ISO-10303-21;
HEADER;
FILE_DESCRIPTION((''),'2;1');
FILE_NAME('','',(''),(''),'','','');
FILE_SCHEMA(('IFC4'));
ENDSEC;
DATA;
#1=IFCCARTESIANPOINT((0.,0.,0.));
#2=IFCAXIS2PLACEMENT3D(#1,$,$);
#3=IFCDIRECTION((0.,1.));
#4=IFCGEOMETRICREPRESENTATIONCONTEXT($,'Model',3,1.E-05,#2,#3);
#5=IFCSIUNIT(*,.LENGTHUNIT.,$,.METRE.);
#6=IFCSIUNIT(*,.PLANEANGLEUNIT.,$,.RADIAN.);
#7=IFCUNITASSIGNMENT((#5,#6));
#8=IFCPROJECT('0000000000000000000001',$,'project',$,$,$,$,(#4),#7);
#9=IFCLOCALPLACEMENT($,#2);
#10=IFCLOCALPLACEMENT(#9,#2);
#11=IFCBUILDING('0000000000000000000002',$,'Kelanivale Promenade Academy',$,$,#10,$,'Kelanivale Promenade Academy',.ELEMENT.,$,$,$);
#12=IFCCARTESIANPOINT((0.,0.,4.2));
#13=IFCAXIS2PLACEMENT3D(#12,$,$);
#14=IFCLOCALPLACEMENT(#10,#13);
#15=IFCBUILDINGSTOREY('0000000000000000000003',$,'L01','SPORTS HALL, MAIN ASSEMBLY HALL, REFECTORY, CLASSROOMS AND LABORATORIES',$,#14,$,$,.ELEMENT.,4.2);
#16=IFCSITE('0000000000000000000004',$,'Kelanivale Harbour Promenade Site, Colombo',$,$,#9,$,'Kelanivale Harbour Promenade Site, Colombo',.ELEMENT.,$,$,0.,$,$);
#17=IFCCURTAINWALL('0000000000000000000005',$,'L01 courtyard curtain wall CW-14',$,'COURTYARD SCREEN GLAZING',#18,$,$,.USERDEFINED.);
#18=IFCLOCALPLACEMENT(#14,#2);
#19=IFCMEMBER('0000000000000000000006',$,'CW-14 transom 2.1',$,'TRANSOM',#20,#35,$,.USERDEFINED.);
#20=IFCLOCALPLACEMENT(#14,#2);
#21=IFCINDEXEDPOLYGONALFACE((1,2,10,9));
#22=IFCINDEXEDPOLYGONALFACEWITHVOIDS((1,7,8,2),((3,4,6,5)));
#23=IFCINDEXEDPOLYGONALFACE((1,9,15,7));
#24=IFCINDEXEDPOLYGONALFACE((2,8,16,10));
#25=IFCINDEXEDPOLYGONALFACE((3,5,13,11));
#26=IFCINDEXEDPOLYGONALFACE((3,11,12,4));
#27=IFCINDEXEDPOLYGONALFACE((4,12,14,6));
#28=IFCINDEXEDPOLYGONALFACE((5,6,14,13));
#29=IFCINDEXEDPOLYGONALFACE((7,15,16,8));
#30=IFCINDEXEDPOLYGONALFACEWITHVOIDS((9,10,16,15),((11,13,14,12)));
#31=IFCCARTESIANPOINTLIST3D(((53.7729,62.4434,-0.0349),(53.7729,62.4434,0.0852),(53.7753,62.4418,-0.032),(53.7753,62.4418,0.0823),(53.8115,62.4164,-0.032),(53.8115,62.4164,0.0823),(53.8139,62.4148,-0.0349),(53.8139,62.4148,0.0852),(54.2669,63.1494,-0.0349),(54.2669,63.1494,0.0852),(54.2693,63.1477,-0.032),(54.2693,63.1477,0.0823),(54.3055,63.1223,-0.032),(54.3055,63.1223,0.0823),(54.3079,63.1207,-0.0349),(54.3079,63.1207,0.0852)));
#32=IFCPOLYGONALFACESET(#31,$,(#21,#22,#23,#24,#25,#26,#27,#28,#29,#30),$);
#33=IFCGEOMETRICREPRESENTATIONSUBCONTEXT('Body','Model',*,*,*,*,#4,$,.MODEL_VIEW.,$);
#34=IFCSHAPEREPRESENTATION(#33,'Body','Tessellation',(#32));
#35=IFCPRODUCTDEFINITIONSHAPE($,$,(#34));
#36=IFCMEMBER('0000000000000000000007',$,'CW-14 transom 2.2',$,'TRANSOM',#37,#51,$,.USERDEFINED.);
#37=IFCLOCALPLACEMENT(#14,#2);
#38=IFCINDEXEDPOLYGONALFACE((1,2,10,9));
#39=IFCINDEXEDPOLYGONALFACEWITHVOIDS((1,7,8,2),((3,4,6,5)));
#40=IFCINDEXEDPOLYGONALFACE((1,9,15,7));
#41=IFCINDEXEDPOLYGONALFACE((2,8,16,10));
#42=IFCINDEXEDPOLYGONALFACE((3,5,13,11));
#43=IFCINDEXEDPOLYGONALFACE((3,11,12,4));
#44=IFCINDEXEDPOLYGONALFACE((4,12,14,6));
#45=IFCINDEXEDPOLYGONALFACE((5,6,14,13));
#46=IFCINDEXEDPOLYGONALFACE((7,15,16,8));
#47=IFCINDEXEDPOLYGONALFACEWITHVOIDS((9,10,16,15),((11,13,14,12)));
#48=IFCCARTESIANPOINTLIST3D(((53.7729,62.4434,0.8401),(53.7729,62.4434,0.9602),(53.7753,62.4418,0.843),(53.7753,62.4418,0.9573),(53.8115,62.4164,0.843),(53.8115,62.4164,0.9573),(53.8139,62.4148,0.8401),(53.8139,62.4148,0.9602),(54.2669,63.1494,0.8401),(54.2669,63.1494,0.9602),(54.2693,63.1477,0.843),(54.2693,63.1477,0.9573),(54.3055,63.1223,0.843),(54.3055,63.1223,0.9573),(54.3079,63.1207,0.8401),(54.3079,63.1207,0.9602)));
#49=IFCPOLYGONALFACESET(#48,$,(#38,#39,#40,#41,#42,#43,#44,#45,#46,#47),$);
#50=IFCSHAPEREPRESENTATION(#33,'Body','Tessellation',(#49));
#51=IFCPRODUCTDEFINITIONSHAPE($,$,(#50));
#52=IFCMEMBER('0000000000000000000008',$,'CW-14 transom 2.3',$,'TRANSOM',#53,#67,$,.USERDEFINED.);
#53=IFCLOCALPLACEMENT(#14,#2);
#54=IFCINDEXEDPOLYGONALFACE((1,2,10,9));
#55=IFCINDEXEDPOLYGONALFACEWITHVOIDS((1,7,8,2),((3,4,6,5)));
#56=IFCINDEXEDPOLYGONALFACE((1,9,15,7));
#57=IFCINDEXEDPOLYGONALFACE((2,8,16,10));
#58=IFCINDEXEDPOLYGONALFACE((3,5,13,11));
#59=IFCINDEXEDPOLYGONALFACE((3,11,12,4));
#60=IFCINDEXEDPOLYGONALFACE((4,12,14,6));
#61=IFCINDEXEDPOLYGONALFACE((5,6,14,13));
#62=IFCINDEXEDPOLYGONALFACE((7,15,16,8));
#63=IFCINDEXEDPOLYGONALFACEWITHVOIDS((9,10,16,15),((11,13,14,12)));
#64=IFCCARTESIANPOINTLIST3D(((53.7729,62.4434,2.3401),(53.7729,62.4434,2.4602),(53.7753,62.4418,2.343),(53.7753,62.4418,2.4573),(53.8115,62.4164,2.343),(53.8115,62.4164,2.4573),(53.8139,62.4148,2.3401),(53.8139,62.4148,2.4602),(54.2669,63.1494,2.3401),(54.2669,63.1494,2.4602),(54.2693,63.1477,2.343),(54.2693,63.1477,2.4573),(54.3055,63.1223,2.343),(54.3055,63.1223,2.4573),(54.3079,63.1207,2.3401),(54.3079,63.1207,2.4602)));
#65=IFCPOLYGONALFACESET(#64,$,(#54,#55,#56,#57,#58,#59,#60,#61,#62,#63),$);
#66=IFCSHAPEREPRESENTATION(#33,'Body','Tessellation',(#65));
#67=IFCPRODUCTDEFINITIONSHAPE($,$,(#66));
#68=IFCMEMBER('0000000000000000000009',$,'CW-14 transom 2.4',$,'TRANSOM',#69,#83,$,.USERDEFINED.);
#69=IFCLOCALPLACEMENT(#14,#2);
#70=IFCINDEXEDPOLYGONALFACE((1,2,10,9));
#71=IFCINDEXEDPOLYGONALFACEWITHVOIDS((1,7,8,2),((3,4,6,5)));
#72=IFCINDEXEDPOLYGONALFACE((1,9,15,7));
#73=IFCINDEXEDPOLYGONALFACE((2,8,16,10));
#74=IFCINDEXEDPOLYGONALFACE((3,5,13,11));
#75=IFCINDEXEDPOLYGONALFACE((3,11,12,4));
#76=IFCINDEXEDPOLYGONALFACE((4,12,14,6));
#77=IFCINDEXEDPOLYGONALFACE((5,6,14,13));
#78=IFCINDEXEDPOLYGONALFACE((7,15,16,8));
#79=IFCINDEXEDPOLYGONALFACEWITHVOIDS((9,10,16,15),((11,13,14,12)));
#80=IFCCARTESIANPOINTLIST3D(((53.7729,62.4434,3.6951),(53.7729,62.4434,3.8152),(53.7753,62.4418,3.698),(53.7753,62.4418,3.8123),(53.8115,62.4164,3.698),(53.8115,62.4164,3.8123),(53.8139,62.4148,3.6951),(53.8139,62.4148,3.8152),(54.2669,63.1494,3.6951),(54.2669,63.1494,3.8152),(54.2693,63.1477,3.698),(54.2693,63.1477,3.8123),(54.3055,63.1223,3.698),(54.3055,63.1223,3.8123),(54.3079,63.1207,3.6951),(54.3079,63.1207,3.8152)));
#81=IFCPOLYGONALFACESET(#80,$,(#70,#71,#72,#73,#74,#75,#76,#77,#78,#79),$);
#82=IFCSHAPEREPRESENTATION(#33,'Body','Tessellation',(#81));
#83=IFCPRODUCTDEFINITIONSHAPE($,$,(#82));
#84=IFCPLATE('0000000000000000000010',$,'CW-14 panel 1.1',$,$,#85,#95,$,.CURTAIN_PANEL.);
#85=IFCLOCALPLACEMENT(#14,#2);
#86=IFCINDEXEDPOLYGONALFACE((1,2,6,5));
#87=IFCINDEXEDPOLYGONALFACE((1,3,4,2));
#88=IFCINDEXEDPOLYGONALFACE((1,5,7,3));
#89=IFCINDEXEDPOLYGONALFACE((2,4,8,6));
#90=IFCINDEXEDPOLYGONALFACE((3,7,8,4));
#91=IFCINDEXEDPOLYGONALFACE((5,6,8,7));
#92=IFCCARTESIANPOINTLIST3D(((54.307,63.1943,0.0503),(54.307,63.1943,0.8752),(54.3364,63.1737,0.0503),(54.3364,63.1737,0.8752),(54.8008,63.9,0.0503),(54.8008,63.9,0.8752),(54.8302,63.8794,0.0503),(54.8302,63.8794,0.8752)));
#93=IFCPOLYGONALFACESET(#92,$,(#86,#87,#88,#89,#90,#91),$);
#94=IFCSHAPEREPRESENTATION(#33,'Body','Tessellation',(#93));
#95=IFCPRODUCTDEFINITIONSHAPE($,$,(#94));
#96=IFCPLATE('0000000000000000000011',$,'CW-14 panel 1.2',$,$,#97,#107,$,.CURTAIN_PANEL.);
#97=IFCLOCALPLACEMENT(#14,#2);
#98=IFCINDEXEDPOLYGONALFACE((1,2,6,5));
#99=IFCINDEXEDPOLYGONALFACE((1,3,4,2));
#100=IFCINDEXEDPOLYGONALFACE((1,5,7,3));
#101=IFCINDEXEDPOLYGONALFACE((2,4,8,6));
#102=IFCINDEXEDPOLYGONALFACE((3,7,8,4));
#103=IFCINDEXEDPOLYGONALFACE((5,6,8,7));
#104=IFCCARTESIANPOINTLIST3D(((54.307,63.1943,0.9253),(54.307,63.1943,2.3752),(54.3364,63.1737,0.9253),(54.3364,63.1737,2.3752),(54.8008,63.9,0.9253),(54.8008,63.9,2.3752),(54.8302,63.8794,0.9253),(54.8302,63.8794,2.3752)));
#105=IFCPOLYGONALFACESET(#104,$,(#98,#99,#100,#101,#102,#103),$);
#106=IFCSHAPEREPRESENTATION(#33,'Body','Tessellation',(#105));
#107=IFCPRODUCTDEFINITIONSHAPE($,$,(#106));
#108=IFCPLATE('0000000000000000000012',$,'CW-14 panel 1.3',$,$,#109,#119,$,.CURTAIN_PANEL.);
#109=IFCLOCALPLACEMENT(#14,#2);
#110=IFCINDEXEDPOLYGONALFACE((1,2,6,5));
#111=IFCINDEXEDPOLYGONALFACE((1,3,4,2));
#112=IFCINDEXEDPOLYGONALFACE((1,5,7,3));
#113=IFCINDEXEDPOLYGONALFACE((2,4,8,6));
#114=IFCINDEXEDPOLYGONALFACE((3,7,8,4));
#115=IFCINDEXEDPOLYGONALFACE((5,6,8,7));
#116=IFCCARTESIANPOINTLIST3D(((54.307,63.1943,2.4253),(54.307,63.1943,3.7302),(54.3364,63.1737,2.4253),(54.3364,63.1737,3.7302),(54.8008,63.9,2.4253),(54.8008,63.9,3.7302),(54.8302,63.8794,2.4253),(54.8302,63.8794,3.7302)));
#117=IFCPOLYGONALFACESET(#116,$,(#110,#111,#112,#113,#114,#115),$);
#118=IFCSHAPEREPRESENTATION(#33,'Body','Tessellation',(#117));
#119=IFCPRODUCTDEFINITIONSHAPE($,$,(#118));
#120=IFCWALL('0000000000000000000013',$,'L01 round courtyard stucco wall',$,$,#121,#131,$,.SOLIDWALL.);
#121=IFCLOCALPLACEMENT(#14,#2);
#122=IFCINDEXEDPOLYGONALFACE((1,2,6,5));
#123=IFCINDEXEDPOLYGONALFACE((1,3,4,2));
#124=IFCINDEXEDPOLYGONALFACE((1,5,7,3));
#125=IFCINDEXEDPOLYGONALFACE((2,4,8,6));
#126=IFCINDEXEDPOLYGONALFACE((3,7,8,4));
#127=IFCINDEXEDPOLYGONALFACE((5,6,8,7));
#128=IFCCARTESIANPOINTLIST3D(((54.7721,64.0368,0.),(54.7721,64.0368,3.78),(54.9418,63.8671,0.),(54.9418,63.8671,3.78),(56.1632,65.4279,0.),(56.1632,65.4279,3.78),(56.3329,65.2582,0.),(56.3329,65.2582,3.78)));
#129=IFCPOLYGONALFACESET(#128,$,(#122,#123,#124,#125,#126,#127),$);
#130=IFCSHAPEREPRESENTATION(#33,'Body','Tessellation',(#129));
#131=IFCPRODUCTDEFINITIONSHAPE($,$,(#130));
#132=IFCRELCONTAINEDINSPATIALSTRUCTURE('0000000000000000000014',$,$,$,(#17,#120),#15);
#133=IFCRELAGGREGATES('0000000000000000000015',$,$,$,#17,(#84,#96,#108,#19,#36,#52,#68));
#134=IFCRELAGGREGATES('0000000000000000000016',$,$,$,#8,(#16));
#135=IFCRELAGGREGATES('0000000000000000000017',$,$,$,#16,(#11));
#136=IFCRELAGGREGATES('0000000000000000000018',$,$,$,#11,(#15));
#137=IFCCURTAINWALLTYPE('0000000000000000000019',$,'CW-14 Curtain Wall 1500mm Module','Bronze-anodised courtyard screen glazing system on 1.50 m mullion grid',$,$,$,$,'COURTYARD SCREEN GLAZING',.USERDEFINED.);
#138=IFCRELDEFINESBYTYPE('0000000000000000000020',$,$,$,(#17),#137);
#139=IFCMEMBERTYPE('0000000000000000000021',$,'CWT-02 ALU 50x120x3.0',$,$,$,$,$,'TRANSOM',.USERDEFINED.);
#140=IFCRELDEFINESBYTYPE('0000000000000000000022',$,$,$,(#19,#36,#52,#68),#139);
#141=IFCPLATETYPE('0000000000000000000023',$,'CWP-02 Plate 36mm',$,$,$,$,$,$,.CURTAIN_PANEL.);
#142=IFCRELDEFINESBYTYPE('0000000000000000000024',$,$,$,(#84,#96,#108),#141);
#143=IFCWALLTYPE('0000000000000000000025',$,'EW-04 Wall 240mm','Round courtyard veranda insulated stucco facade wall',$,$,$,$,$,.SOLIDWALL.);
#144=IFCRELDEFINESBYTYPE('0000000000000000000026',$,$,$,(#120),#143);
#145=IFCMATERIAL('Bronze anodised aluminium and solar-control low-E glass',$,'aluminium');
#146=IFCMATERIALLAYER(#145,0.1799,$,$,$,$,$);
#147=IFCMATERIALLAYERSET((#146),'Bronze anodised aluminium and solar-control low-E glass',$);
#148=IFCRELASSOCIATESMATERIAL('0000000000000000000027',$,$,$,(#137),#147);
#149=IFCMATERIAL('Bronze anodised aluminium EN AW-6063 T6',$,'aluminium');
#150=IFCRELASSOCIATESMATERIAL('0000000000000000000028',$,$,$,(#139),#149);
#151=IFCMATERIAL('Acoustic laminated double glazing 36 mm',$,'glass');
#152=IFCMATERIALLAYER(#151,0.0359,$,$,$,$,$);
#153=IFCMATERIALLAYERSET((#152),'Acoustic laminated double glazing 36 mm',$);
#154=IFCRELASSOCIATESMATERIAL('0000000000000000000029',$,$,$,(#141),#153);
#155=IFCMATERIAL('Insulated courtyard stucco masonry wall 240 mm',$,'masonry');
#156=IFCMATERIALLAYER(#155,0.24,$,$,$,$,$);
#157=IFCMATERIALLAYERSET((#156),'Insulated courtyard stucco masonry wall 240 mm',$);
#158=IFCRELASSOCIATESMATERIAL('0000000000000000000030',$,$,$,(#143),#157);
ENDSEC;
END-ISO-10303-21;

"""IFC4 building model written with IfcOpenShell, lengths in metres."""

from ifc_helpers import new_model, si_unit, direction, frame, frame_2d, origin, origin_2d, place, context, subcontext, project, spatial, rectangle, hollow_rectangle, extrude, material, layer, layer_set, material_profile, profile_set, type_object, element, aggregate, save


model = new_model("IFC4")

# Units and contexts
model_context = context("Model", 3, precision=1e-05, world=origin(), true_north=direction((0.0, 1.0)))
body_context = subcontext(model_context, "Body", "Model", "MODEL_VIEW")
ifc_project = project(units=[si_unit("LENGTHUNIT", "METRE"), si_unit("PLANEANGLEUNIT", "RADIAN")], contexts=[model_context])

# Site, building, storey
site_placement = place(None, origin())
site = spatial("IfcSite", under=ifc_project, at=site_placement, Name="Kelanivale Harbour Promenade Site, Colombo", LongName="Kelanivale Harbour Promenade Site, Colombo", CompositionType="ELEMENT", RefElevation=0.0)
building_placement = place(site_placement, origin())
building = spatial("IfcBuilding", under=site, at=building_placement, Name="Kelanivale Promenade Academy", LongName="Kelanivale Promenade Academy", CompositionType="ELEMENT")
storey_placement = place(building_placement, frame((0.0, 0.0, 4.2)))
storey = spatial("IfcBuildingStorey", under=building, at=storey_placement, Name="L01", Description="SPORTS HALL, MAIN ASSEMBLY HALL, REFECTORY, CLASSROOMS AND LABORATORIES", CompositionType="ELEMENT", Elevation=4.2)

# Shared definitions
ifc_material_1 = material(Name="Bronze anodised aluminium and solar-control low-E glass", Category="aluminium")
ifc_material_2 = material(Name="Bronze anodised aluminium EN AW-6063 T6", Category="aluminium")

# Curtain wall, members, plates
ifc_layer_1 = layer(ifc_material_1, 0.1799)
ifc_layer_set_1 = layer_set([ifc_layer_1], Name="Bronze anodised aluminium and solar-control low-E glass")
curtain_wall_type_1 = type_object("IfcCurtainWallType", Name="CW-14 Curtain Wall 1500mm Module", Description="Bronze-anodised courtyard screen glazing system on 1.50 m mullion grid", ElementType="COURTYARD SCREEN GLAZING", PredefinedType="USERDEFINED", material=ifc_layer_set_1)
curtain_wall_1_placement = place(storey_placement, origin())
curtain_wall_1 = element("IfcCurtainWall", 1, at=curtain_wall_1_placement, inside=storey, type_object=curtain_wall_type_1, Name="L01 courtyard curtain wall CW-14", ObjectType="COURTYARD SCREEN GLAZING", PredefinedType="USERDEFINED")
ifc_material_profile_1 = material_profile(ifc_material_2, hollow_rectangle(XDim=0.05, YDim=0.1201, WallThickness=0.0029, at=origin_2d()), Name="ALU 50x120x3.0")
ifc_profile_set_1 = profile_set([ifc_material_profile_1], Name="Bronze anodised aluminium EN AW-6063 T6")
member_type_1 = type_object("IfcMemberType", Name="CWT-02 ALU 50x120x3.0", ElementType="TRANSOM", PredefinedType="USERDEFINED", material=ifc_profile_set_1)
member_1_placement = place(storey_placement, frame((54.2874, 63.135, 0.0251), z_axis=(-0.573329, -0.819325, 0.0), x_axis=(0.819325, -0.573329, 0.0)))
member_1 = element("IfcMember", 2, at=member_1_placement, type_object=member_type_1, Name="CW-14 transom 2.1", ObjectType="TRANSOM", PredefinedType="USERDEFINED", context=body_context, shape_type="SweptSolid", body=[
    extrude(hollow_rectangle(XDim=0.05, YDim=0.1201, WallThickness=0.0029, at=origin_2d()), origin(), (0.0, 0.0, 1.0), 0.8616),
])
member_2_placement = place(storey_placement, frame((54.2874, 63.135, 0.9001), z_axis=(-0.573329, -0.819325, 0.0), x_axis=(0.819325, -0.573329, 0.0)))
member_2 = element("IfcMember", 3, at=member_2_placement, type_object=member_type_1, Name="CW-14 transom 2.2", ObjectType="TRANSOM", PredefinedType="USERDEFINED", context=body_context, shape_type="SweptSolid", body=[
    extrude(hollow_rectangle(XDim=0.05, YDim=0.1201, WallThickness=0.0029, at=origin_2d()), origin(), (0.0, 0.0, 1.0), 0.8616),
])
member_3_placement = place(storey_placement, frame((54.2874, 63.135, 2.4001), z_axis=(-0.573329, -0.819325, 0.0), x_axis=(0.819325, -0.573329, 0.0)))
member_3 = element("IfcMember", 4, at=member_3_placement, type_object=member_type_1, Name="CW-14 transom 2.3", ObjectType="TRANSOM", PredefinedType="USERDEFINED", context=body_context, shape_type="SweptSolid", body=[
    extrude(hollow_rectangle(XDim=0.05, YDim=0.1201, WallThickness=0.0029, at=origin_2d()), origin(), (0.0, 0.0, 1.0), 0.8616),
])
member_4_placement = place(storey_placement, frame((54.2874, 63.135, 3.7551), z_axis=(-0.573329, -0.819325, 0.0), x_axis=(0.819325, -0.573329, 0.0)))
member_4 = element("IfcMember", 5, at=member_4_placement, type_object=member_type_1, Name="CW-14 transom 2.4", ObjectType="TRANSOM", PredefinedType="USERDEFINED", context=body_context, shape_type="SweptSolid", body=[
    extrude(hollow_rectangle(XDim=0.05, YDim=0.1201, WallThickness=0.0029, at=origin_2d()), origin(), (0.0, 0.0, 1.0), 0.8616),
])
ifc_material_3 = material(Name="Acoustic laminated double glazing 36 mm", Category="glass")
ifc_layer_2 = layer(ifc_material_3, 0.0359)
ifc_layer_set_2 = layer_set([ifc_layer_2], Name="Acoustic laminated double glazing 36 mm")
plate_type = type_object("IfcPlateType", Name="CWP-02 Plate 36mm", PredefinedType="CURTAIN_PANEL", material=ifc_layer_set_2)
plate_1_placement = place(storey_placement, frame((54.5686, 63.5369, 0.0503), z_axis=(0.0, 0.0, 1.0), x_axis=(-0.573357, -0.819306, 0.0)))
plate_1 = element("IfcPlate", 6, at=plate_1_placement, type_object=plate_type, Name="CW-14 panel 1.1", PredefinedType="CURTAIN_PANEL", context=body_context, shape_type="SweptSolid", body=[
    extrude(rectangle(XDim=0.8613, YDim=0.0359, at=origin_2d()), origin(), (0.0, 0.0, 1.0), 0.825),
])
plate_2_placement = place(storey_placement, frame((54.5686, 63.5369, 0.9253), z_axis=(0.0, 0.0, 1.0), x_axis=(-0.573357, -0.819306, 0.0)))
plate_2 = element("IfcPlate", 7, at=plate_2_placement, type_object=plate_type, Name="CW-14 panel 1.2", PredefinedType="CURTAIN_PANEL", context=body_context, shape_type="SweptSolid", body=[
    extrude(rectangle(XDim=0.8613, YDim=0.0359, at=origin_2d()), origin(), (0.0, 0.0, 1.0), 1.45),
])
plate_3_placement = place(storey_placement, frame((54.5686, 63.5369, 2.4253), z_axis=(0.0, 0.0, 1.0), x_axis=(-0.573357, -0.819306, 0.0)))
plate_3 = element("IfcPlate", 8, at=plate_3_placement, type_object=plate_type, Name="CW-14 panel 1.3", PredefinedType="CURTAIN_PANEL", context=body_context, shape_type="SweptSolid", body=[
    extrude(rectangle(XDim=0.8613, YDim=0.0359, at=origin_2d()), origin(), (0.0, 0.0, 1.0), 1.3049),
])
aggregate(curtain_wall_1, [plate_1, plate_2, plate_3, member_1, member_2, member_3, member_4])

# Wall
ifc_material_4 = material(Name="Insulated courtyard stucco masonry wall 240 mm", Category="masonry")
ifc_layer_3 = layer(ifc_material_4, 0.24)
ifc_layer_set_3 = layer_set([ifc_layer_3], Name="Insulated courtyard stucco masonry wall 240 mm")
wall_type = type_object("IfcWallType", Name="EW-04 Wall 240mm", Description="Round courtyard veranda insulated stucco facade wall", PredefinedType="SOLIDWALL", material=ifc_layer_set_3)
wall_placement = place(storey_placement, frame((56.248, 65.343, 0.0), z_axis=(0.0, 0.0, 1.0), x_axis=(-0.707107, -0.707107, 0.0)))
element("IfcWall", 9, at=wall_placement, inside=storey, type_object=wall_type, Name="L01 round courtyard stucco wall", PredefinedType="SOLIDWALL", context=body_context, shape_type="SweptSolid", body=[
    extrude(rectangle(XDim=1.9673, YDim=0.24, at=frame_2d((0.9836, 0.0))), origin(), (0.0, 0.0, 1.0), 3.78),
])

save(model, "model.ifc")
